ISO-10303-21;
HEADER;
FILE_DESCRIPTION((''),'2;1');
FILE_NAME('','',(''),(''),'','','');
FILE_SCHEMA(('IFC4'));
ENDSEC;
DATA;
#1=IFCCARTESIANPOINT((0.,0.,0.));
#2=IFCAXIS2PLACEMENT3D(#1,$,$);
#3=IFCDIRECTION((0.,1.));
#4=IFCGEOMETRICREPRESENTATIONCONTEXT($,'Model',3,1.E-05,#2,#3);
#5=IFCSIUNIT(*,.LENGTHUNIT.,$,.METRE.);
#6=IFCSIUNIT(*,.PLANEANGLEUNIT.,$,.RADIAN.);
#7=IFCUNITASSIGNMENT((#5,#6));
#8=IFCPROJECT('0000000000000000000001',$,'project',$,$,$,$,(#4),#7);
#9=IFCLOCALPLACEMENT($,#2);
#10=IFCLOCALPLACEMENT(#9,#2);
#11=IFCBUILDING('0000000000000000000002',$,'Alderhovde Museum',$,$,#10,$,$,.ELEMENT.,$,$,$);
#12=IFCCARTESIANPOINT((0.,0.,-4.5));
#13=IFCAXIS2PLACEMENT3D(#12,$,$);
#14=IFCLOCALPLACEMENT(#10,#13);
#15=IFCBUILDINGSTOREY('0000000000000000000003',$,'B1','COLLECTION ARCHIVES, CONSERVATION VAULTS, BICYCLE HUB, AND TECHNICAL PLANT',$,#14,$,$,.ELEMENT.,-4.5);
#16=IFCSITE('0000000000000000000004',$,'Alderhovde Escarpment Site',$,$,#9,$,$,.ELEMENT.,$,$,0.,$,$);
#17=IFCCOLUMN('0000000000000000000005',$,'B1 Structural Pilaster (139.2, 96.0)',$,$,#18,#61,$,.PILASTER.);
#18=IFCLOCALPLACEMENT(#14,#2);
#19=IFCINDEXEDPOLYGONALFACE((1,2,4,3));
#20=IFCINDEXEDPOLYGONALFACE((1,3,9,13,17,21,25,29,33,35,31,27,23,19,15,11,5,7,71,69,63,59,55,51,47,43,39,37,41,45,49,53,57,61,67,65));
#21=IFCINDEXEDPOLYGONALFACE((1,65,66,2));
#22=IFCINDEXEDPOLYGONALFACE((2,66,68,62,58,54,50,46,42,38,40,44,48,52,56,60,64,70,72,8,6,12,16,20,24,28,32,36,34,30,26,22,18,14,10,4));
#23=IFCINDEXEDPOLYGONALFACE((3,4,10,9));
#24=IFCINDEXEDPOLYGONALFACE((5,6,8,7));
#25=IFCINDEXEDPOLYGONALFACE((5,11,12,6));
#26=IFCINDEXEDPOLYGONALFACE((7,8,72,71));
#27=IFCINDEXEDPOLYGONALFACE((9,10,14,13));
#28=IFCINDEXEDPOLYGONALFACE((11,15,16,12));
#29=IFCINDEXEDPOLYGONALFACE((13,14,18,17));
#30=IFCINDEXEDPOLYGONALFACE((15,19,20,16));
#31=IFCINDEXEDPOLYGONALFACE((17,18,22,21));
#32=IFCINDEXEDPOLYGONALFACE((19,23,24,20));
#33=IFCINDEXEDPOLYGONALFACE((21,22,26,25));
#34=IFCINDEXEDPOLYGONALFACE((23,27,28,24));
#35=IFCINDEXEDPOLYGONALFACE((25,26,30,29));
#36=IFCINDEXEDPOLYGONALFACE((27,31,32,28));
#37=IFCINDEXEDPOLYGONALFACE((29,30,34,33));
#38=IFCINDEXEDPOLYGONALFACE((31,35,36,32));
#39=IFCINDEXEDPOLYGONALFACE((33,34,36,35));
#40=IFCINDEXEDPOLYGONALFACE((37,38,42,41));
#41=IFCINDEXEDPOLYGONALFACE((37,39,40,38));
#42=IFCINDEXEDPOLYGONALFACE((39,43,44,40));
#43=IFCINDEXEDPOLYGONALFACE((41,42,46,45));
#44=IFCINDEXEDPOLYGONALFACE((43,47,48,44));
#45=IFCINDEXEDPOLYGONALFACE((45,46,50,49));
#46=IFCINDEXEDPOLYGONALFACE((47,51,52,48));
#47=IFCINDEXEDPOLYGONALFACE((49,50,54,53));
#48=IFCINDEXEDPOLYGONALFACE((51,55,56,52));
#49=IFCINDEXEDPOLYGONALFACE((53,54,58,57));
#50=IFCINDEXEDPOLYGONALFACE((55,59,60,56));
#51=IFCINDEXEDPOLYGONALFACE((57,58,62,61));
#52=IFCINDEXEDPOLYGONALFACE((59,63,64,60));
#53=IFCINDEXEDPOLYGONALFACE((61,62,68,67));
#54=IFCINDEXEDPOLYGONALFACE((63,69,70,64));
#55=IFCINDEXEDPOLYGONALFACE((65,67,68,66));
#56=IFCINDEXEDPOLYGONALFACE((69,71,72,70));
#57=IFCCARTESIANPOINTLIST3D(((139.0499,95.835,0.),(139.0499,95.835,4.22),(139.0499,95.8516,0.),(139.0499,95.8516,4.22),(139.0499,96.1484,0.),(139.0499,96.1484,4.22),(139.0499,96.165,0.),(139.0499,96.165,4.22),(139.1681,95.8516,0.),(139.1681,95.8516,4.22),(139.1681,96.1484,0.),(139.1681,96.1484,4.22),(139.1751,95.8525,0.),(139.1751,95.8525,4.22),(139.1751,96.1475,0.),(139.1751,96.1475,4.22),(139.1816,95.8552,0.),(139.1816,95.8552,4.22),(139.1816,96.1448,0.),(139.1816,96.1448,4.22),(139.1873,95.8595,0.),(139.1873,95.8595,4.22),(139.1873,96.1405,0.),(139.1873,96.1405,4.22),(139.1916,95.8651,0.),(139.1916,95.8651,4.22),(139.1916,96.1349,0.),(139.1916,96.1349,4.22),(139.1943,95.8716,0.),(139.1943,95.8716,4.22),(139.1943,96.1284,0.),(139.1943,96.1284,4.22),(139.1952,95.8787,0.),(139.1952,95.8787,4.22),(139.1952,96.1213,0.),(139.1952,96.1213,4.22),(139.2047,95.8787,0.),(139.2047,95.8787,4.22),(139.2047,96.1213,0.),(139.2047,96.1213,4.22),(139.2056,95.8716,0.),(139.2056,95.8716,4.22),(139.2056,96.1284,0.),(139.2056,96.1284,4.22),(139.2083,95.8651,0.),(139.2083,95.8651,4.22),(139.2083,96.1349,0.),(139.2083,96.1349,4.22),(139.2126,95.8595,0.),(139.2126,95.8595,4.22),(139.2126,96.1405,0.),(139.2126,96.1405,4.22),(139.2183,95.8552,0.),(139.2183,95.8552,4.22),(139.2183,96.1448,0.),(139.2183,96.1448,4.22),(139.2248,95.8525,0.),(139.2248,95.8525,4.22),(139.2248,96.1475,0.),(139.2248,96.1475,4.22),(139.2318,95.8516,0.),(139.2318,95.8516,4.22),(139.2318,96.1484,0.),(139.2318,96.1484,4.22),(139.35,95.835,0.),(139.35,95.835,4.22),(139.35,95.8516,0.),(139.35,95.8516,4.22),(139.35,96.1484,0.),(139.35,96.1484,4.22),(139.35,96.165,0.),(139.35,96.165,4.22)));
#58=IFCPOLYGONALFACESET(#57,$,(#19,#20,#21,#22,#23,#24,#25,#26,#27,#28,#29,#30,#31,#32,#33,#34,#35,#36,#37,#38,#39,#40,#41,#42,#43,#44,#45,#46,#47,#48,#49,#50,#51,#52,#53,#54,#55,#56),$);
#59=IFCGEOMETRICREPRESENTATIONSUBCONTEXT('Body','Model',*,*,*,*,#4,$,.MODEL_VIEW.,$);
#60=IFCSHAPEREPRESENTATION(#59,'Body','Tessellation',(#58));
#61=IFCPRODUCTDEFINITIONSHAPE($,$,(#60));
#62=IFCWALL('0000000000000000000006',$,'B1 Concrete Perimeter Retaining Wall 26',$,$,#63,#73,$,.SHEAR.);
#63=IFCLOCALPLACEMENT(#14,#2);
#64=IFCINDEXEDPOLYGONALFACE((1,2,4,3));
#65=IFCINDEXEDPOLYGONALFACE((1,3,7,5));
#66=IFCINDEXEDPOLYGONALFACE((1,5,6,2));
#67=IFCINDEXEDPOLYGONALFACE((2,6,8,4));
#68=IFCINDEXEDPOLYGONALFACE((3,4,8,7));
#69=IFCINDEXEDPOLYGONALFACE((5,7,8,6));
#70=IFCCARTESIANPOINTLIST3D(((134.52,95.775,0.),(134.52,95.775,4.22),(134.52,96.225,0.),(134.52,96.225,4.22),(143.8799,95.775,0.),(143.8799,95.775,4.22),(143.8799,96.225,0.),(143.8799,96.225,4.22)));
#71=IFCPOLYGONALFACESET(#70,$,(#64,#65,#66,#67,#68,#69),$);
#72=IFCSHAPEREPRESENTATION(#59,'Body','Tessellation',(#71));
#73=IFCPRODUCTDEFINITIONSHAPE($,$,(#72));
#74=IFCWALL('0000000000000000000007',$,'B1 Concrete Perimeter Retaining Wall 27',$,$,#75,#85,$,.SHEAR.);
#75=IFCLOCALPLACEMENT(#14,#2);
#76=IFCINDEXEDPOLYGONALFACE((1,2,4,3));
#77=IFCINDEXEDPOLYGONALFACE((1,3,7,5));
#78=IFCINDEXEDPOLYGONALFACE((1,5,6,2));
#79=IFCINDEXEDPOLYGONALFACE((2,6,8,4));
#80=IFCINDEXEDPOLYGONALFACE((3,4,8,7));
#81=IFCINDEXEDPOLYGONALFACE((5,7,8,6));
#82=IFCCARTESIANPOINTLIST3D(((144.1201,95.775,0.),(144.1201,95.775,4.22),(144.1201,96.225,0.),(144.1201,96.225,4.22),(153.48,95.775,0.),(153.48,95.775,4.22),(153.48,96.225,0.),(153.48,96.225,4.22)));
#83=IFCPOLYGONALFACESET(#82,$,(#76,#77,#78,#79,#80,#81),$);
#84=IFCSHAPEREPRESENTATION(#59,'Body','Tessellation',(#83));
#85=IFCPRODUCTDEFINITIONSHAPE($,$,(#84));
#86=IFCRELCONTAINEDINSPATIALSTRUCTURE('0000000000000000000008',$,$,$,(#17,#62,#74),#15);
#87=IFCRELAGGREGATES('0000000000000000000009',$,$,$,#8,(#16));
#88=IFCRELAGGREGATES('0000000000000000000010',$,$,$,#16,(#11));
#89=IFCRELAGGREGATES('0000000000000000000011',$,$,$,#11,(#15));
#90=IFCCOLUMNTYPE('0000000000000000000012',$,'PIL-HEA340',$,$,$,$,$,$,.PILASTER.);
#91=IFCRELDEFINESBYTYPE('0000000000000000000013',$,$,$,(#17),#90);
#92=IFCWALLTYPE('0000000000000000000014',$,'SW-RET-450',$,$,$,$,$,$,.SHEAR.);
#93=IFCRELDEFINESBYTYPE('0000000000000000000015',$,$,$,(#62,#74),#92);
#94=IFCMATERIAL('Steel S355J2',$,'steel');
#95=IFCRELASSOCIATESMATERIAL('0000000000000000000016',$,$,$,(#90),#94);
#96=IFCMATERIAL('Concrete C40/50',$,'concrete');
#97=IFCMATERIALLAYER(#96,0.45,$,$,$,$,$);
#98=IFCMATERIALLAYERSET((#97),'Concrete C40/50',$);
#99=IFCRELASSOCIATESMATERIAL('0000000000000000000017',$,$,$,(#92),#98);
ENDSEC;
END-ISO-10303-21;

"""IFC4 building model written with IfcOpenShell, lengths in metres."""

from ifc_helpers import new_model, si_unit, direction, frame, frame_2d, origin, origin_2d, place, context, subcontext, project, spatial, rectangle, i_section, extrude, material, layer, layer_set, material_profile, profile_set, type_object, element, save


model = new_model("IFC4")

# Units and contexts
model_context = context("Model", 3, precision=1e-05, world=origin(), true_north=direction((0.0, 1.0)))
body_context = subcontext(model_context, "Body", "Model", "MODEL_VIEW")
ifc_project = project(units=[si_unit("LENGTHUNIT", "METRE"), si_unit("PLANEANGLEUNIT", "RADIAN")], contexts=[model_context])

# Site, building, storey
site_placement = place(None, origin())
site = spatial("IfcSite", under=ifc_project, at=site_placement, Name="Alderhovde Escarpment Site", CompositionType="ELEMENT", RefElevation=0.0)
building_placement = place(site_placement, origin())
building = spatial("IfcBuilding", under=site, at=building_placement, Name="Alderhovde Museum", CompositionType="ELEMENT")
storey_placement = place(building_placement, frame((0.0, 0.0, -4.5)))
storey = spatial("IfcBuildingStorey", under=building, at=storey_placement, Name="B1", Description="COLLECTION ARCHIVES, CONSERVATION VAULTS, BICYCLE HUB, AND TECHNICAL PLANT", CompositionType="ELEMENT", Elevation=-4.5)

# Column
ifc_material_1 = material(Name="Steel S355J2", Category="steel")
ifc_material_profile_1 = material_profile(ifc_material_1, i_section(OverallWidth=0.3, OverallDepth=0.3301, WebThickness=0.0095, FlangeThickness=0.0166, FilletRadius=0.0271, at=origin_2d()), Name="HEA 340")
ifc_profile_set_1 = profile_set([ifc_material_profile_1], Name="Steel S355J2")
column_type_1 = type_object("IfcColumnType", Name="PIL-HEA340", PredefinedType="PILASTER", material=ifc_profile_set_1)
column_1_placement = place(storey_placement, frame((139.2, 96.0, 0.0), z_axis=(0.0, 0.0, 1.0), x_axis=(1.0, 0.0, 0.0)))
element("IfcColumn", 1, at=column_1_placement, inside=storey, type_object=column_type_1, Name="B1 Structural Pilaster (139.2, 96.0)", PredefinedType="PILASTER", context=body_context, shape_type="SweptSolid", body=[
    extrude(i_section(OverallWidth=0.3, OverallDepth=0.3301, WebThickness=0.0095, FlangeThickness=0.0166, FilletRadius=0.0271, at=origin_2d()), origin(), (0.0, 0.0, 1.0), 4.22),
])

# Walls
ifc_material_2 = material(Name="Concrete C40/50", Category="concrete")
ifc_layer = layer(ifc_material_2, 0.45)
ifc_layer_set = layer_set([ifc_layer], Name="Concrete C40/50")
wall_type = type_object("IfcWallType", Name="SW-RET-450", PredefinedType="SHEAR", material=ifc_layer_set)
for number, where, z_axis, x_axis, name in (
    (2, (134.52, 96.0, 0.0), (0.0, 0.0, 1.0), (1.0, 0.0, 0.0), "B1 Concrete Perimeter Retaining Wall 26"),
    (3, (144.1201, 96.0, 0.0), (0.0, 0.0, 1.0), (1.0, 0.0, 0.0), "B1 Concrete Perimeter Retaining Wall 27"),
):
    element("IfcWall", number, at=place(storey_placement, frame(where, z_axis=z_axis, x_axis=x_axis)), inside=storey, type_object=wall_type, Name=name, PredefinedType="SHEAR", context=body_context, shape_type="SweptSolid", body=[
        extrude(rectangle(XDim=9.3599, YDim=0.45, at=frame_2d((4.6799, 0.0))), origin(), (0.0, 0.0, 1.0), 4.22),
    ])

save(model, "model.ifc")
